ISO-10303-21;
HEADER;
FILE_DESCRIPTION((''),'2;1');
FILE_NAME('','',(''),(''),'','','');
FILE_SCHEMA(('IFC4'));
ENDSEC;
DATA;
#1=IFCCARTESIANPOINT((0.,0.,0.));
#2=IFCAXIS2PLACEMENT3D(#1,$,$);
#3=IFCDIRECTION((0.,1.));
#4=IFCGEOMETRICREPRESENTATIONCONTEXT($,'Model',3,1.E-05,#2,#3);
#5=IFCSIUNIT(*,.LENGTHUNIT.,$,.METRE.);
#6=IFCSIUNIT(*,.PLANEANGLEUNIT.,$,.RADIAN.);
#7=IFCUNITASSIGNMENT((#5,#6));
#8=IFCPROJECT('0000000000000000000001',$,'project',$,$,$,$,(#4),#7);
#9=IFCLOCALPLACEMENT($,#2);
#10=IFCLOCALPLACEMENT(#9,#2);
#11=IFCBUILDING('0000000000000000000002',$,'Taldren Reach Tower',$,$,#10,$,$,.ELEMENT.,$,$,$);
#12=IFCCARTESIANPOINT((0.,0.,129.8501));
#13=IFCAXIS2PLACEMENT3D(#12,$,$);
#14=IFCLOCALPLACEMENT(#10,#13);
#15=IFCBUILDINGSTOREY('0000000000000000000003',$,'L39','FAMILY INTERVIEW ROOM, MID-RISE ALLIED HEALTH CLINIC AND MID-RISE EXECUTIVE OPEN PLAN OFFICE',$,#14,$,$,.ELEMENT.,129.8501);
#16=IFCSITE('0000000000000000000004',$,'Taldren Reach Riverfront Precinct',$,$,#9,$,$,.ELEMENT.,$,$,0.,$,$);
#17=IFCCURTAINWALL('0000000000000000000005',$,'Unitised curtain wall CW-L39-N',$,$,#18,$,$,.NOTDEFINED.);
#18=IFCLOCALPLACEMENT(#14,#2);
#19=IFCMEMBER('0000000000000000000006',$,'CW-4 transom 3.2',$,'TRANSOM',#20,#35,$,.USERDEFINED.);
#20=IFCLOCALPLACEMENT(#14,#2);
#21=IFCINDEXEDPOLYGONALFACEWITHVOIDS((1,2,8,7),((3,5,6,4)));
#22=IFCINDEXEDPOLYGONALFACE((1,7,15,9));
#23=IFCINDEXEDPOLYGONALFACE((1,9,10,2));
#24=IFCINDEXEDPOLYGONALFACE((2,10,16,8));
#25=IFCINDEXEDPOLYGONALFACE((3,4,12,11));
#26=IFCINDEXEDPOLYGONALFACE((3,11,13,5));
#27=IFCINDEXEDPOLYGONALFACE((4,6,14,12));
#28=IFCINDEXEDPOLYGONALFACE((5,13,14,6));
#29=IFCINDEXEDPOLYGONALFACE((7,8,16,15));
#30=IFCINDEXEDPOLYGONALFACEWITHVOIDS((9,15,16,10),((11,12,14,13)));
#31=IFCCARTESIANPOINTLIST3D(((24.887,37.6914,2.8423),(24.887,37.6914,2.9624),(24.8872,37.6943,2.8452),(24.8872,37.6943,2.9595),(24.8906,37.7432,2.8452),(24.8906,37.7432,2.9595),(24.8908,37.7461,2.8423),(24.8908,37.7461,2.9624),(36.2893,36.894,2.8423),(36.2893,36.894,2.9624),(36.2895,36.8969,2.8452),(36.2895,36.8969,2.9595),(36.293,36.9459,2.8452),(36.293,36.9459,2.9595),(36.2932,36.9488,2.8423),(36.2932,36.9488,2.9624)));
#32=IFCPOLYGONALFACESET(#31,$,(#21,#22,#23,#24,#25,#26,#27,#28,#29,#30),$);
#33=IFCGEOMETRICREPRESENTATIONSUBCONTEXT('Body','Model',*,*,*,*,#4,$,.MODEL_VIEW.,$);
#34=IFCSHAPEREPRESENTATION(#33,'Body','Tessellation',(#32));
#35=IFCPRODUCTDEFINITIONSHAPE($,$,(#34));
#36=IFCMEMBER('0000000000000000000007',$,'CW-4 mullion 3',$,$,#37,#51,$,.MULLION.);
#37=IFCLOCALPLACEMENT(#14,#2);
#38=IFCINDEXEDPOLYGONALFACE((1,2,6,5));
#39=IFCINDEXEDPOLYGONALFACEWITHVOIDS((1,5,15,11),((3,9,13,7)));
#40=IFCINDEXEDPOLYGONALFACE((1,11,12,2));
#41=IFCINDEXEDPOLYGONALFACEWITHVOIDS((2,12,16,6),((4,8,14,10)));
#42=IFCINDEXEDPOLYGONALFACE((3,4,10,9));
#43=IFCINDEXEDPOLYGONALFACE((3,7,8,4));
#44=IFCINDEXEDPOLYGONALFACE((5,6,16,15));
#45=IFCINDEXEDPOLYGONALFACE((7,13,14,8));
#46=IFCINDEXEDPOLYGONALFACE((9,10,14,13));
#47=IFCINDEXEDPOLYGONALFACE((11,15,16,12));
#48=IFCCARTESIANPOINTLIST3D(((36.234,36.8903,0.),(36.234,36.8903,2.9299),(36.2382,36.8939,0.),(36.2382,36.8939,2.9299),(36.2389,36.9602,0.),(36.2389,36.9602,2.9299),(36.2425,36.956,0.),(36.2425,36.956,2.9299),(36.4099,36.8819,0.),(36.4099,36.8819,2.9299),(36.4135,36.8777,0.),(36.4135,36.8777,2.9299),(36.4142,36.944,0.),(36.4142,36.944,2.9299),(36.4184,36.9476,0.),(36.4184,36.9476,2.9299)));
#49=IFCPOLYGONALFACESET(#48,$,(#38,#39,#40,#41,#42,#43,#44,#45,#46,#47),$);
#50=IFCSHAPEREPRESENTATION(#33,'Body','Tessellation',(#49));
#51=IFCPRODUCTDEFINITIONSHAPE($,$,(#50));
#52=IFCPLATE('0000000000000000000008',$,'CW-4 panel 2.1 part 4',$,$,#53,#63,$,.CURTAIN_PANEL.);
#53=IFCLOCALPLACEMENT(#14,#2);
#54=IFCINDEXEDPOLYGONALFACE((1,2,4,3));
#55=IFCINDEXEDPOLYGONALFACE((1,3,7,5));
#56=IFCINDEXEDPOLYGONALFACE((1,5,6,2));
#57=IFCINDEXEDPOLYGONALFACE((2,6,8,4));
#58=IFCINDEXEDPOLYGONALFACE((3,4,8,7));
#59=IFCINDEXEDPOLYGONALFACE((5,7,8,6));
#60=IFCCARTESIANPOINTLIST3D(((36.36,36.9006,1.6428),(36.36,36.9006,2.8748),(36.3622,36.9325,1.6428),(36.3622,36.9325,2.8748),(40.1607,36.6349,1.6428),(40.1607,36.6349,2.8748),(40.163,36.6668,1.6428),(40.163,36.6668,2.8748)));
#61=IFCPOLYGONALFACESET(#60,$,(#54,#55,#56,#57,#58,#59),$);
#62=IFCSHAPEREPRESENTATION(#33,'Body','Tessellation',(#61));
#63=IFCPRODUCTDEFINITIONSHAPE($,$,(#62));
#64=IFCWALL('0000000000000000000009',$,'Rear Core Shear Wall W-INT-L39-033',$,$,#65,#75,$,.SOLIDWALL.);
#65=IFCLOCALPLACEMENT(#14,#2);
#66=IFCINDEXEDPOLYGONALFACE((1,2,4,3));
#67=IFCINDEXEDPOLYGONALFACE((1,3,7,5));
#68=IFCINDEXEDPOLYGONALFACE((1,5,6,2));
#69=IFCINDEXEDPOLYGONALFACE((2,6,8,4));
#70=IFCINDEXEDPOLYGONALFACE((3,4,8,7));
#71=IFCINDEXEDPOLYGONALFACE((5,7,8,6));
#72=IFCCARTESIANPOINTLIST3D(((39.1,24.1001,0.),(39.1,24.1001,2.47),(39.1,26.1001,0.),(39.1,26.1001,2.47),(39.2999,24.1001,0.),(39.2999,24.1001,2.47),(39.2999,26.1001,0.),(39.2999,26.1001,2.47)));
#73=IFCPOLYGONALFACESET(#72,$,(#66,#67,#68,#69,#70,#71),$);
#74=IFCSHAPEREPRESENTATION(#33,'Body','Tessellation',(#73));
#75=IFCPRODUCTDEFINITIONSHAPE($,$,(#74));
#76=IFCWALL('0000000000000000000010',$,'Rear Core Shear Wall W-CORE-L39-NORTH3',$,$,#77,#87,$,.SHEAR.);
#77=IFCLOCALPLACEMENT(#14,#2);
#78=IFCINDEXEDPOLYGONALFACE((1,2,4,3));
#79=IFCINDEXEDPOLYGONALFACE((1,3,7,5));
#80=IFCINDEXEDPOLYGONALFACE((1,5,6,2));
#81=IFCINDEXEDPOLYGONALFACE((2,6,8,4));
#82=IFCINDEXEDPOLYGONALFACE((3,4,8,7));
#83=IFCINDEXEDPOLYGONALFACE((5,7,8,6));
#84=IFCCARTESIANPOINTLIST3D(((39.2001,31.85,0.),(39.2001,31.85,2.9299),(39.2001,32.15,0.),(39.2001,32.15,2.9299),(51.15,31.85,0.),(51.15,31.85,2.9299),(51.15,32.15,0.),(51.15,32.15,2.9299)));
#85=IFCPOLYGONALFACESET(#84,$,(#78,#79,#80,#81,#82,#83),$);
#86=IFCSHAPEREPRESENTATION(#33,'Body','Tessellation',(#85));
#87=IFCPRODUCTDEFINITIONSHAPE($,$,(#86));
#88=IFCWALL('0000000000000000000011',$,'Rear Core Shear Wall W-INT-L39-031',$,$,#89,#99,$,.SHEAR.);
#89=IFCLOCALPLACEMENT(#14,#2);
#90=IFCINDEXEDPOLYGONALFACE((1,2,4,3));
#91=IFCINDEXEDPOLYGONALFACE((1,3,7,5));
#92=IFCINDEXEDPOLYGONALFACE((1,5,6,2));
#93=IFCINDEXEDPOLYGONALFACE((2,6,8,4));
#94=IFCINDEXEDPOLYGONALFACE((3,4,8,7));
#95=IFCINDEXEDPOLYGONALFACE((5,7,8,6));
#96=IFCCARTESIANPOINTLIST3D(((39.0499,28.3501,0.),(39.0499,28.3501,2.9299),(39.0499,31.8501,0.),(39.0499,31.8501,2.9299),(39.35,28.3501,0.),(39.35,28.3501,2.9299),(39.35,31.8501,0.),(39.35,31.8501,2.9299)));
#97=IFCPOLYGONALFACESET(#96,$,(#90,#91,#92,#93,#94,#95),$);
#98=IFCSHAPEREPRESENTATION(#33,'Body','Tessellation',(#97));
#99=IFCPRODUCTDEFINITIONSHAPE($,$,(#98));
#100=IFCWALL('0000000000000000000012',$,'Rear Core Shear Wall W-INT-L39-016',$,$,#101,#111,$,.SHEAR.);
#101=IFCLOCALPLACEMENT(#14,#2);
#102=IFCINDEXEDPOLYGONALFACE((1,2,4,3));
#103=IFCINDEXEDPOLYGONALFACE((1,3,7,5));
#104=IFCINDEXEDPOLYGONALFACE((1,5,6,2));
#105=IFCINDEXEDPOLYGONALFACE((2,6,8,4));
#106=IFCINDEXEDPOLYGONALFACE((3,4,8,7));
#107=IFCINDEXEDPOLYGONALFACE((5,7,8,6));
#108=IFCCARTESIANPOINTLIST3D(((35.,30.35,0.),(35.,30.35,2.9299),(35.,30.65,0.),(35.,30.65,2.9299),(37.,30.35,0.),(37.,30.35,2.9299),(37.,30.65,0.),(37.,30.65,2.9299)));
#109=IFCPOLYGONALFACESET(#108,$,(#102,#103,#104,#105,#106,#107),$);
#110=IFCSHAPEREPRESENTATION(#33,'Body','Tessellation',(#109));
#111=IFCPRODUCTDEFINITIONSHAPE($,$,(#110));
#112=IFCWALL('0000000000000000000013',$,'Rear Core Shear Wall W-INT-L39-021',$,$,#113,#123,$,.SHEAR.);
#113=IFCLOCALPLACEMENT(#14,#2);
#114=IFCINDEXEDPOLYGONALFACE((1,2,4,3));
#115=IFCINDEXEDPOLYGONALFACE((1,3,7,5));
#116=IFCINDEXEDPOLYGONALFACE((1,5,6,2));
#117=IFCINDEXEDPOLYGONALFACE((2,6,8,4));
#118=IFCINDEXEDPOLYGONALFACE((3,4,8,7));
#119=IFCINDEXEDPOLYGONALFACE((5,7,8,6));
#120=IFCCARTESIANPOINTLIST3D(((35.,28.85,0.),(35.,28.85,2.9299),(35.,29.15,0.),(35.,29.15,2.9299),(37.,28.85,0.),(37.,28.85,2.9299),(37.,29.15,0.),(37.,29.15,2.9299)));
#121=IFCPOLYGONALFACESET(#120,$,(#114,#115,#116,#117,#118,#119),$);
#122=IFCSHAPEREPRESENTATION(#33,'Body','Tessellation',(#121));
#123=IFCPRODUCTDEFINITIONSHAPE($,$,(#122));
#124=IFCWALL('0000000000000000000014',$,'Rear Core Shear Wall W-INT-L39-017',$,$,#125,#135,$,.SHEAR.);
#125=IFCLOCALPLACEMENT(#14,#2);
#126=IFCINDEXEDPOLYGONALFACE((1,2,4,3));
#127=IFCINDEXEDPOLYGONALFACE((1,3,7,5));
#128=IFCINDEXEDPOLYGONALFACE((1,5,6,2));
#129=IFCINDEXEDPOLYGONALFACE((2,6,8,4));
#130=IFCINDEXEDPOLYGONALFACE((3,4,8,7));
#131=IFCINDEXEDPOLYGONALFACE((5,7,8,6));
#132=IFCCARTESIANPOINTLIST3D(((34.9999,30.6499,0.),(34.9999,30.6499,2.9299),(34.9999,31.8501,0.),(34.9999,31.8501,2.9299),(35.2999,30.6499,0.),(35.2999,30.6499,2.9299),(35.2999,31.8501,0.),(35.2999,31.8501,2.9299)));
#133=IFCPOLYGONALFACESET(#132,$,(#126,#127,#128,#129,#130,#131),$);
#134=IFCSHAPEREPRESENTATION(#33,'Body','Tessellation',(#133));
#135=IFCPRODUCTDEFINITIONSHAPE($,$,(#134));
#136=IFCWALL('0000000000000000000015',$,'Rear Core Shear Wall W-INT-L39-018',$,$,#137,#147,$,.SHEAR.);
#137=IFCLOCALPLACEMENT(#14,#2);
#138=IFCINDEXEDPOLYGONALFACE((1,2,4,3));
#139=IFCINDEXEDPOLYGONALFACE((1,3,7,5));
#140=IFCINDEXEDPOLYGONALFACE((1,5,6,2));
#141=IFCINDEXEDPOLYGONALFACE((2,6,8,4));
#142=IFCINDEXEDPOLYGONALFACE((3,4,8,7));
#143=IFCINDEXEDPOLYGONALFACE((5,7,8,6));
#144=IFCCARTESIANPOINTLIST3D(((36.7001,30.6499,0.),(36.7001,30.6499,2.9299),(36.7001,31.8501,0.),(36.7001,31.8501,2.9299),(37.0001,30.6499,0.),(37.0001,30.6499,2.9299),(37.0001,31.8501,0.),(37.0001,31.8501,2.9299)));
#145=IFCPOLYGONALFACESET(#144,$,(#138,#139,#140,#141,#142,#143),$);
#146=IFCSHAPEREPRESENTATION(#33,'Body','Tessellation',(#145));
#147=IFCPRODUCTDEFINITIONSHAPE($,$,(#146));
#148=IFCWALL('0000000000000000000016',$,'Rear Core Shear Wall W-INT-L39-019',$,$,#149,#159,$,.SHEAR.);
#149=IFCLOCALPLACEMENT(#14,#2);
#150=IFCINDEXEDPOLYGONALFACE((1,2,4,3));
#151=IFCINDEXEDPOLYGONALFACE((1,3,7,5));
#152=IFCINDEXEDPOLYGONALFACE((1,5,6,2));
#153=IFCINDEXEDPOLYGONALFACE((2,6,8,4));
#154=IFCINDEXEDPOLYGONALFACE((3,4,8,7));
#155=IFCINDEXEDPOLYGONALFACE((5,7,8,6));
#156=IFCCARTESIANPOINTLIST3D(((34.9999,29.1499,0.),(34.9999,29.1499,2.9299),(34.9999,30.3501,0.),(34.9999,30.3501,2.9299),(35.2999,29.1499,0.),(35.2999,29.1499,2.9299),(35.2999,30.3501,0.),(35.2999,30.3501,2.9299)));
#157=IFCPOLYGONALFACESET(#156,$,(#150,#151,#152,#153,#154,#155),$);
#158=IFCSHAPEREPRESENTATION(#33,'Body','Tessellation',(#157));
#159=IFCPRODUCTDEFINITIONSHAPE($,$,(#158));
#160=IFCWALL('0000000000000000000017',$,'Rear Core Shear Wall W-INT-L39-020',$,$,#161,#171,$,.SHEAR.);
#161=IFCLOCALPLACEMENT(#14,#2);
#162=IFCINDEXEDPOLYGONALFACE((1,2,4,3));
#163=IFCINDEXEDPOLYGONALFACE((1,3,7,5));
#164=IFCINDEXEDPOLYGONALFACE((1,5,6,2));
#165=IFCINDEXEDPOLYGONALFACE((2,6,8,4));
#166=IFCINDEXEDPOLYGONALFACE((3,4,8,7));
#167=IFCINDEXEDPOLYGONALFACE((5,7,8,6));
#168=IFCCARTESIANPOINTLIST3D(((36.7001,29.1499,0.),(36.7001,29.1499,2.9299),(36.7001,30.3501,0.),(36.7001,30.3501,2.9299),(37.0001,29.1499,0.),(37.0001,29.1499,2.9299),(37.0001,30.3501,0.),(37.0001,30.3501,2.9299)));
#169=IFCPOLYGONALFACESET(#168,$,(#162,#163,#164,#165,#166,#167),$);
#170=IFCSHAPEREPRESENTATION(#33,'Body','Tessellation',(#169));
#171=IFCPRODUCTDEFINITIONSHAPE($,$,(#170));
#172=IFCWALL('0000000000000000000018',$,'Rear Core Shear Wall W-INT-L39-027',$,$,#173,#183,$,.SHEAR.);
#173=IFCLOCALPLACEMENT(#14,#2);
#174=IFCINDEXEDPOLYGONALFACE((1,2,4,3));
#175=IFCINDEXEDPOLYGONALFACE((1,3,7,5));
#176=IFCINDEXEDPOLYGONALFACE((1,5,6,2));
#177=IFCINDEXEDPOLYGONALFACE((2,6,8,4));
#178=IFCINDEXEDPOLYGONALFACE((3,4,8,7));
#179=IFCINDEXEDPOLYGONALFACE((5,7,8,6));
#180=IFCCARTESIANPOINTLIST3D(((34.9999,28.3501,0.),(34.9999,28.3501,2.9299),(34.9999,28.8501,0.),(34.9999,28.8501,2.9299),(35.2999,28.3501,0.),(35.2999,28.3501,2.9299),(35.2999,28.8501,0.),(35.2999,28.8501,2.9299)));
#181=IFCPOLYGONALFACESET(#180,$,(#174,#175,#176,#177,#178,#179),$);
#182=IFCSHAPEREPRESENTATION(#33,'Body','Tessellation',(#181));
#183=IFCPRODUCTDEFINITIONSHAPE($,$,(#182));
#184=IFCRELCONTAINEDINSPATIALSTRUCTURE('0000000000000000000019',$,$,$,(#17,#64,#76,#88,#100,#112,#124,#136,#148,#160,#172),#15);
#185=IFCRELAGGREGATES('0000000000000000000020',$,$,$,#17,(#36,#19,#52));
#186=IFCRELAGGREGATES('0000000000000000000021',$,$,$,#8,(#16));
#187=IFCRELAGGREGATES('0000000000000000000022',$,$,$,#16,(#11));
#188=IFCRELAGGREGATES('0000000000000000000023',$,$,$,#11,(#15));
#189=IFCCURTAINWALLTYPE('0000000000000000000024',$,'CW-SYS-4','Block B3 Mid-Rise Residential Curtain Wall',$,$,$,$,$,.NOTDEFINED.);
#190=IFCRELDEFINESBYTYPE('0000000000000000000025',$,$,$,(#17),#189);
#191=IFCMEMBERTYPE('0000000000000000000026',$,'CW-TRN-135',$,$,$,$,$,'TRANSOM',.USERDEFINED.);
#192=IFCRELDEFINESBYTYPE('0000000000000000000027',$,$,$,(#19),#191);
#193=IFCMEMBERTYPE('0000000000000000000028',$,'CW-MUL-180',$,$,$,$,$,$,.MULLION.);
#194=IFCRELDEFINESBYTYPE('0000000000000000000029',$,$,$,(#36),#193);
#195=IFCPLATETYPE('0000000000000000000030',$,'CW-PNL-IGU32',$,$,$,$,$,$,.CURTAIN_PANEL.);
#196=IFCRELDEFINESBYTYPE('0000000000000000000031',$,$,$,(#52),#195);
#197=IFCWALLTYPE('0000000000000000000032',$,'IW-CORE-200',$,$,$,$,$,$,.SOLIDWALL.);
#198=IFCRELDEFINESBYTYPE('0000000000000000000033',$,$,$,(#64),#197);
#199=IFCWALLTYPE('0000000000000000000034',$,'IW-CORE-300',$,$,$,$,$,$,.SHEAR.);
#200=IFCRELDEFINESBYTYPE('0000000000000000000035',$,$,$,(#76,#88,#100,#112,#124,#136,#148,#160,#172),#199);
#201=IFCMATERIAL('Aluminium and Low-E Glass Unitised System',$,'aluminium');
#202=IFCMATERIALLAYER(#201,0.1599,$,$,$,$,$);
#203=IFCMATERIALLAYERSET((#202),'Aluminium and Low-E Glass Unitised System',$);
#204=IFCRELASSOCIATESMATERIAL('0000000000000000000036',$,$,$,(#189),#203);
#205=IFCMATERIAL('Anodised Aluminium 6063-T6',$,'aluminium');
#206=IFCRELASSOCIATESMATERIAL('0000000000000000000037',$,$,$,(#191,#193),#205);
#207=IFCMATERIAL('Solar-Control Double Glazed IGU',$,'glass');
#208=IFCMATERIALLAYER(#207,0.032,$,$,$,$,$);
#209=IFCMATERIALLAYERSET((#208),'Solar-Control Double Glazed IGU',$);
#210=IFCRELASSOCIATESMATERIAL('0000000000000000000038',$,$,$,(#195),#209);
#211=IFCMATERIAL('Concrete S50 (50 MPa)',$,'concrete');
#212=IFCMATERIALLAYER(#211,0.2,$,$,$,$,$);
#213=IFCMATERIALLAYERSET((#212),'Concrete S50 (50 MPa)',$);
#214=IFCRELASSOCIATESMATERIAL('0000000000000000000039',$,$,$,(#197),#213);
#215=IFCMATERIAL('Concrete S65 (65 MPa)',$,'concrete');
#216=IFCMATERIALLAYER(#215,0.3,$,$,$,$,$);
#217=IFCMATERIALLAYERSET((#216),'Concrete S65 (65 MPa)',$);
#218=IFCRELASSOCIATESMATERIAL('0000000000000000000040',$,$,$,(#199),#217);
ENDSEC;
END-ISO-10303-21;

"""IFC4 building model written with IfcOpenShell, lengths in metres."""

from ifc_helpers import new_model, si_unit, direction, frame, frame_2d, origin, origin_2d, place, context, subcontext, project, spatial, rectangle, hollow_rectangle, extrude, source, transform, mapped, material, layer, layer_set, material_profile, profile_set, type_object, element, aggregate, save


model = new_model("IFC4")

# Units and contexts
model_context = context("Model", 3, precision=1e-05, world=origin(), true_north=direction((0.0, 1.0)))
body_context = subcontext(model_context, "Body", "Model", "MODEL_VIEW")
ifc_project = project(units=[si_unit("LENGTHUNIT", "METRE"), si_unit("PLANEANGLEUNIT", "RADIAN")], contexts=[model_context])

# Site, building, storey
site_placement = place(None, origin())
site = spatial("IfcSite", under=ifc_project, at=site_placement, Name="Taldren Reach Riverfront Precinct", CompositionType="ELEMENT", RefElevation=0.0)
building_placement = place(site_placement, origin())
building = spatial("IfcBuilding", under=site, at=building_placement, Name="Taldren Reach Tower", CompositionType="ELEMENT")
storey_placement = place(building_placement, frame((0.0, 0.0, 129.8501)))
storey = spatial("IfcBuildingStorey", under=building, at=storey_placement, Name="L39", Description="FAMILY INTERVIEW ROOM, MID-RISE ALLIED HEALTH CLINIC AND MID-RISE EXECUTIVE OPEN PLAN OFFICE", CompositionType="ELEMENT", Elevation=129.8501)

# Curtain wall, members, plate
ifc_material_1 = material(Name="Aluminium and Low-E Glass Unitised System", Category="aluminium")
ifc_layer_1 = layer(ifc_material_1, 0.1599)
ifc_layer_set_1 = layer_set([ifc_layer_1], Name="Aluminium and Low-E Glass Unitised System")
curtain_wall_type = type_object("IfcCurtainWallType", Name="CW-SYS-4", Description="Block B3 Mid-Rise Residential Curtain Wall", PredefinedType="NOTDEFINED", material=ifc_layer_set_1)
curtain_wall_placement = place(storey_placement, origin())
curtain_wall = element("IfcCurtainWall", 1, at=curtain_wall_placement, inside=storey, type_object=curtain_wall_type, Name="Unitised curtain wall CW-L39-N", PredefinedType="NOTDEFINED")
ifc_material_2 = material(Name="Anodised Aluminium 6063-T6", Category="aluminium")
ifc_material_profile_1 = material_profile(ifc_material_2, hollow_rectangle(XDim=0.0549, YDim=0.1201, WallThickness=0.0029, at=origin_2d()), Name="ALU-120x55x3RHS")
ifc_profile_set_1 = profile_set([ifc_material_profile_1], Name="Anodised Aluminium 6063-T6")
member_type_1 = type_object("IfcMemberType", Name="CW-TRN-135", ElementType="TRANSOM", PredefinedType="USERDEFINED", material=ifc_profile_set_1)
shared_shape_1 = source(origin(), body_context, "Body", "SweptSolid", [
    extrude(hollow_rectangle(XDim=0.0549, YDim=0.1201, WallThickness=0.0029, at=origin_2d()), origin(), (0.0, 0.0, 1.0), 11.4302),
])
member_1_placement = place(storey_placement, frame((36.2913, 36.9214, 2.9023), z_axis=(-0.997564, 0.069759, 0.0), x_axis=(-0.069759, -0.997564, 0.0)))
member_1 = element("IfcMember", 2, at=member_1_placement, type_object=member_type_1, Name="CW-4 transom 3.2", ObjectType="TRANSOM", PredefinedType="USERDEFINED", context=body_context, shape_type="MappedRepresentation", body=[
    mapped(shared_shape_1, transform((0.0, 0.0, 0.0), scale=1.0)),
])
ifc_material_profile_2 = material_profile(ifc_material_2, hollow_rectangle(XDim=0.0701, YDim=0.1799, WallThickness=0.0039, at=origin_2d()), Name="ALU-180x70x4RHS")
ifc_profile_set_2 = profile_set([ifc_material_profile_2], Name="Anodised Aluminium 6063-T6")
member_type_2 = type_object("IfcMemberType", Name="CW-MUL-180", PredefinedType="MULLION", material=ifc_profile_set_2)
shared_shape_2 = source(origin(), body_context, "Body", "SweptSolid", [
    extrude(hollow_rectangle(XDim=0.0701, YDim=0.1799, WallThickness=0.0039, at=origin_2d()), origin(), (0.0, 0.0, 1.0), 2.9299),
])
member_2_placement = place(storey_placement, frame((36.3262, 36.9189, 0.0), z_axis=(0.0, 0.0, 1.0), x_axis=(-0.069757, -0.997564, 0.0)))
member_2 = element("IfcMember", 3, at=member_2_placement, type_object=member_type_2, Name="CW-4 mullion 3", PredefinedType="MULLION", context=body_context, shape_type="MappedRepresentation", body=[
    mapped(shared_shape_2, transform((0.0, 0.0, 0.0), scale=1.0)),
])
ifc_material_3 = material(Name="Solar-Control Double Glazed IGU", Category="glass")
ifc_layer_2 = layer(ifc_material_3, 0.032)
ifc_layer_set_2 = layer_set([ifc_layer_2], Name="Solar-Control Double Glazed IGU")
plate_type = type_object("IfcPlateType", Name="CW-PNL-IGU32", PredefinedType="CURTAIN_PANEL", material=ifc_layer_set_2)
shared_shape_3 = source(origin(), body_context, "Body", "SweptSolid", [
    extrude(rectangle(XDim=3.8101, YDim=0.032, at=origin_2d()), origin(), (0.0, 0.0, 1.0), 1.2319),
])
plate_placement = place(storey_placement, frame((38.2615, 36.7837, 1.6428), z_axis=(0.0, 0.0, 1.0), x_axis=(-0.997564, 0.069757, 0.0)))
plate = element("IfcPlate", 4, at=plate_placement, type_object=plate_type, Name="CW-4 panel 2.1 part 4", PredefinedType="CURTAIN_PANEL", context=body_context, shape_type="MappedRepresentation", body=[
    mapped(shared_shape_3, transform((0.0, 0.0, 0.0), scale=1.0)),
])
aggregate(curtain_wall, [member_2, member_1, plate])

# Walls
ifc_material_4 = material(Name="Concrete S50 (50 MPa)", Category="concrete")
ifc_layer_3 = layer(ifc_material_4, 0.2)
ifc_layer_set_3 = layer_set([ifc_layer_3], Name="Concrete S50 (50 MPa)")
wall_type_1 = type_object("IfcWallType", Name="IW-CORE-200", PredefinedType="SOLIDWALL", material=ifc_layer_set_3)
shared_shape_4 = source(origin(), body_context, "Body", "SweptSolid", [
    extrude(rectangle(XDim=2.0, YDim=0.2, at=frame_2d((1.0, 0.0))), origin(), (0.0, 0.0, 1.0), 2.47),
])
wall_1_placement = place(storey_placement, frame((39.2, 26.1001, 0.0), z_axis=(0.0, 0.0, 1.0), x_axis=(0.0, -1.0, 0.0)))
element("IfcWall", 5, at=wall_1_placement, inside=storey, type_object=wall_type_1, Name="Rear Core Shear Wall W-INT-L39-033", PredefinedType="SOLIDWALL", context=body_context, shape_type="MappedRepresentation", body=[
    mapped(shared_shape_4, transform((0.0, 0.0, 0.0), scale=1.0)),
])
ifc_material_5 = material(Name="Concrete S65 (65 MPa)", Category="concrete")
ifc_layer_4 = layer(ifc_material_5, 0.3)
ifc_layer_set_4 = layer_set([ifc_layer_4], Name="Concrete S65 (65 MPa)")
wall_type_2 = type_object("IfcWallType", Name="IW-CORE-300", PredefinedType="SHEAR", material=ifc_layer_set_4)
shared_shape_5 = source(origin(), body_context, "Body", "SweptSolid", [
    extrude(rectangle(XDim=11.95, YDim=0.3, at=frame_2d((5.9751, 0.0))), origin(), (0.0, 0.0, 1.0), 2.9299),
])
wall_2_placement = place(storey_placement, frame((39.2, 32.0, 0.0), z_axis=(0.0, 0.0, 1.0), x_axis=(1.0, 0.0, 0.0)))
element("IfcWall", 6, at=wall_2_placement, inside=storey, type_object=wall_type_2, Name="Rear Core Shear Wall W-CORE-L39-NORTH3", PredefinedType="SHEAR", context=body_context, shape_type="MappedRepresentation", body=[
    mapped(shared_shape_5, transform((0.0, 0.0, 0.0), scale=1.0)),
])
shared_shape_6 = source(origin(), body_context, "Body", "SweptSolid", [
    extrude(rectangle(XDim=3.5, YDim=0.3, at=frame_2d((1.75, 0.0))), origin(), (0.0, 0.0, 1.0), 2.9299),
])
wall_3_placement = place(storey_placement, frame((39.2, 28.3501, 0.0), z_axis=(0.0, 0.0, 1.0), x_axis=(0.0, 1.0, 0.0)))
element("IfcWall", 7, at=wall_3_placement, inside=storey, type_object=wall_type_2, Name="Rear Core Shear Wall W-INT-L39-031", PredefinedType="SHEAR", context=body_context, shape_type="MappedRepresentation", body=[
    mapped(shared_shape_6, transform((0.0, 0.0, 0.0), scale=1.0)),
])
shared_shape_7 = source(origin(), body_context, "Body", "SweptSolid", [
    extrude(rectangle(XDim=2.0, YDim=0.3, at=frame_2d((1.0, 0.0))), origin(), (0.0, 0.0, 1.0), 2.9299),
])
for number, where, z_axis, x_axis, name in (
    (8, (35.0, 30.5, 0.0), (0.0, 0.0, 1.0), (1.0, 0.0, 0.0), "Rear Core Shear Wall W-INT-L39-016"),
    (9, (35.0, 29.0, 0.0), (0.0, 0.0, 1.0), (1.0, 0.0, 0.0), "Rear Core Shear Wall W-INT-L39-021"),
):
    element("IfcWall", number, at=place(storey_placement, frame(where, z_axis=z_axis, x_axis=x_axis)), inside=storey, type_object=wall_type_2, Name=name, PredefinedType="SHEAR", context=body_context, shape_type="MappedRepresentation", body=[
        mapped(shared_shape_7, transform((0.0, 0.0, 0.0), scale=1.0)),
    ])
shared_shape_8 = source(origin(), body_context, "Body", "SweptSolid", [
    extrude(rectangle(XDim=1.2002, YDim=0.3, at=frame_2d((0.6001, 0.0))), origin(), (0.0, 0.0, 1.0), 2.9299),
])
for number, where, z_axis, x_axis, name in (
    (10, (35.1499, 31.8501, 0.0), (0.0, 0.0, 1.0), (0.0, -1.0, 0.0), "Rear Core Shear Wall W-INT-L39-017"),
    (11, (36.8501, 30.6499, 0.0), (0.0, 0.0, 1.0), (0.0, 1.0, 0.0), "Rear Core Shear Wall W-INT-L39-018"),
    (12, (35.1499, 30.3501, 0.0), (0.0, 0.0, 1.0), (0.0, -1.0, 0.0), "Rear Core Shear Wall W-INT-L39-019"),
    (13, (36.8501, 29.1499, 0.0), (0.0, 0.0, 1.0), (0.0, 1.0, 0.0), "Rear Core Shear Wall W-INT-L39-020"),
):
    element("IfcWall", number, at=place(storey_placement, frame(where, z_axis=z_axis, x_axis=x_axis)), inside=storey, type_object=wall_type_2, Name=name, PredefinedType="SHEAR", context=body_context, shape_type="MappedRepresentation", body=[
        mapped(shared_shape_8, transform((0.0, 0.0, 0.0), scale=1.0)),
    ])
shared_shape_9 = source(origin(), body_context, "Body", "SweptSolid", [
    extrude(rectangle(XDim=0.5, YDim=0.3, at=frame_2d((0.25, 0.0))), origin(), (0.0, 0.0, 1.0), 2.9299),
])
for number, where, z_axis, x_axis, name in (
    (14, (35.1499, 28.3501, 0.0), (0.0, 0.0, 1.0), (0.0, 1.0, 0.0), "Rear Core Shear Wall W-INT-L39-027"),
):
    element("IfcWall", number, at=place(storey_placement, frame(where, z_axis=z_axis, x_axis=x_axis)), inside=storey, type_object=wall_type_2, Name=name, PredefinedType="SHEAR", context=body_context, shape_type="MappedRepresentation", body=[
        mapped(shared_shape_9, transform((0.0, 0.0, 0.0), scale=1.0)),
    ])

save(model, "model.ifc")
